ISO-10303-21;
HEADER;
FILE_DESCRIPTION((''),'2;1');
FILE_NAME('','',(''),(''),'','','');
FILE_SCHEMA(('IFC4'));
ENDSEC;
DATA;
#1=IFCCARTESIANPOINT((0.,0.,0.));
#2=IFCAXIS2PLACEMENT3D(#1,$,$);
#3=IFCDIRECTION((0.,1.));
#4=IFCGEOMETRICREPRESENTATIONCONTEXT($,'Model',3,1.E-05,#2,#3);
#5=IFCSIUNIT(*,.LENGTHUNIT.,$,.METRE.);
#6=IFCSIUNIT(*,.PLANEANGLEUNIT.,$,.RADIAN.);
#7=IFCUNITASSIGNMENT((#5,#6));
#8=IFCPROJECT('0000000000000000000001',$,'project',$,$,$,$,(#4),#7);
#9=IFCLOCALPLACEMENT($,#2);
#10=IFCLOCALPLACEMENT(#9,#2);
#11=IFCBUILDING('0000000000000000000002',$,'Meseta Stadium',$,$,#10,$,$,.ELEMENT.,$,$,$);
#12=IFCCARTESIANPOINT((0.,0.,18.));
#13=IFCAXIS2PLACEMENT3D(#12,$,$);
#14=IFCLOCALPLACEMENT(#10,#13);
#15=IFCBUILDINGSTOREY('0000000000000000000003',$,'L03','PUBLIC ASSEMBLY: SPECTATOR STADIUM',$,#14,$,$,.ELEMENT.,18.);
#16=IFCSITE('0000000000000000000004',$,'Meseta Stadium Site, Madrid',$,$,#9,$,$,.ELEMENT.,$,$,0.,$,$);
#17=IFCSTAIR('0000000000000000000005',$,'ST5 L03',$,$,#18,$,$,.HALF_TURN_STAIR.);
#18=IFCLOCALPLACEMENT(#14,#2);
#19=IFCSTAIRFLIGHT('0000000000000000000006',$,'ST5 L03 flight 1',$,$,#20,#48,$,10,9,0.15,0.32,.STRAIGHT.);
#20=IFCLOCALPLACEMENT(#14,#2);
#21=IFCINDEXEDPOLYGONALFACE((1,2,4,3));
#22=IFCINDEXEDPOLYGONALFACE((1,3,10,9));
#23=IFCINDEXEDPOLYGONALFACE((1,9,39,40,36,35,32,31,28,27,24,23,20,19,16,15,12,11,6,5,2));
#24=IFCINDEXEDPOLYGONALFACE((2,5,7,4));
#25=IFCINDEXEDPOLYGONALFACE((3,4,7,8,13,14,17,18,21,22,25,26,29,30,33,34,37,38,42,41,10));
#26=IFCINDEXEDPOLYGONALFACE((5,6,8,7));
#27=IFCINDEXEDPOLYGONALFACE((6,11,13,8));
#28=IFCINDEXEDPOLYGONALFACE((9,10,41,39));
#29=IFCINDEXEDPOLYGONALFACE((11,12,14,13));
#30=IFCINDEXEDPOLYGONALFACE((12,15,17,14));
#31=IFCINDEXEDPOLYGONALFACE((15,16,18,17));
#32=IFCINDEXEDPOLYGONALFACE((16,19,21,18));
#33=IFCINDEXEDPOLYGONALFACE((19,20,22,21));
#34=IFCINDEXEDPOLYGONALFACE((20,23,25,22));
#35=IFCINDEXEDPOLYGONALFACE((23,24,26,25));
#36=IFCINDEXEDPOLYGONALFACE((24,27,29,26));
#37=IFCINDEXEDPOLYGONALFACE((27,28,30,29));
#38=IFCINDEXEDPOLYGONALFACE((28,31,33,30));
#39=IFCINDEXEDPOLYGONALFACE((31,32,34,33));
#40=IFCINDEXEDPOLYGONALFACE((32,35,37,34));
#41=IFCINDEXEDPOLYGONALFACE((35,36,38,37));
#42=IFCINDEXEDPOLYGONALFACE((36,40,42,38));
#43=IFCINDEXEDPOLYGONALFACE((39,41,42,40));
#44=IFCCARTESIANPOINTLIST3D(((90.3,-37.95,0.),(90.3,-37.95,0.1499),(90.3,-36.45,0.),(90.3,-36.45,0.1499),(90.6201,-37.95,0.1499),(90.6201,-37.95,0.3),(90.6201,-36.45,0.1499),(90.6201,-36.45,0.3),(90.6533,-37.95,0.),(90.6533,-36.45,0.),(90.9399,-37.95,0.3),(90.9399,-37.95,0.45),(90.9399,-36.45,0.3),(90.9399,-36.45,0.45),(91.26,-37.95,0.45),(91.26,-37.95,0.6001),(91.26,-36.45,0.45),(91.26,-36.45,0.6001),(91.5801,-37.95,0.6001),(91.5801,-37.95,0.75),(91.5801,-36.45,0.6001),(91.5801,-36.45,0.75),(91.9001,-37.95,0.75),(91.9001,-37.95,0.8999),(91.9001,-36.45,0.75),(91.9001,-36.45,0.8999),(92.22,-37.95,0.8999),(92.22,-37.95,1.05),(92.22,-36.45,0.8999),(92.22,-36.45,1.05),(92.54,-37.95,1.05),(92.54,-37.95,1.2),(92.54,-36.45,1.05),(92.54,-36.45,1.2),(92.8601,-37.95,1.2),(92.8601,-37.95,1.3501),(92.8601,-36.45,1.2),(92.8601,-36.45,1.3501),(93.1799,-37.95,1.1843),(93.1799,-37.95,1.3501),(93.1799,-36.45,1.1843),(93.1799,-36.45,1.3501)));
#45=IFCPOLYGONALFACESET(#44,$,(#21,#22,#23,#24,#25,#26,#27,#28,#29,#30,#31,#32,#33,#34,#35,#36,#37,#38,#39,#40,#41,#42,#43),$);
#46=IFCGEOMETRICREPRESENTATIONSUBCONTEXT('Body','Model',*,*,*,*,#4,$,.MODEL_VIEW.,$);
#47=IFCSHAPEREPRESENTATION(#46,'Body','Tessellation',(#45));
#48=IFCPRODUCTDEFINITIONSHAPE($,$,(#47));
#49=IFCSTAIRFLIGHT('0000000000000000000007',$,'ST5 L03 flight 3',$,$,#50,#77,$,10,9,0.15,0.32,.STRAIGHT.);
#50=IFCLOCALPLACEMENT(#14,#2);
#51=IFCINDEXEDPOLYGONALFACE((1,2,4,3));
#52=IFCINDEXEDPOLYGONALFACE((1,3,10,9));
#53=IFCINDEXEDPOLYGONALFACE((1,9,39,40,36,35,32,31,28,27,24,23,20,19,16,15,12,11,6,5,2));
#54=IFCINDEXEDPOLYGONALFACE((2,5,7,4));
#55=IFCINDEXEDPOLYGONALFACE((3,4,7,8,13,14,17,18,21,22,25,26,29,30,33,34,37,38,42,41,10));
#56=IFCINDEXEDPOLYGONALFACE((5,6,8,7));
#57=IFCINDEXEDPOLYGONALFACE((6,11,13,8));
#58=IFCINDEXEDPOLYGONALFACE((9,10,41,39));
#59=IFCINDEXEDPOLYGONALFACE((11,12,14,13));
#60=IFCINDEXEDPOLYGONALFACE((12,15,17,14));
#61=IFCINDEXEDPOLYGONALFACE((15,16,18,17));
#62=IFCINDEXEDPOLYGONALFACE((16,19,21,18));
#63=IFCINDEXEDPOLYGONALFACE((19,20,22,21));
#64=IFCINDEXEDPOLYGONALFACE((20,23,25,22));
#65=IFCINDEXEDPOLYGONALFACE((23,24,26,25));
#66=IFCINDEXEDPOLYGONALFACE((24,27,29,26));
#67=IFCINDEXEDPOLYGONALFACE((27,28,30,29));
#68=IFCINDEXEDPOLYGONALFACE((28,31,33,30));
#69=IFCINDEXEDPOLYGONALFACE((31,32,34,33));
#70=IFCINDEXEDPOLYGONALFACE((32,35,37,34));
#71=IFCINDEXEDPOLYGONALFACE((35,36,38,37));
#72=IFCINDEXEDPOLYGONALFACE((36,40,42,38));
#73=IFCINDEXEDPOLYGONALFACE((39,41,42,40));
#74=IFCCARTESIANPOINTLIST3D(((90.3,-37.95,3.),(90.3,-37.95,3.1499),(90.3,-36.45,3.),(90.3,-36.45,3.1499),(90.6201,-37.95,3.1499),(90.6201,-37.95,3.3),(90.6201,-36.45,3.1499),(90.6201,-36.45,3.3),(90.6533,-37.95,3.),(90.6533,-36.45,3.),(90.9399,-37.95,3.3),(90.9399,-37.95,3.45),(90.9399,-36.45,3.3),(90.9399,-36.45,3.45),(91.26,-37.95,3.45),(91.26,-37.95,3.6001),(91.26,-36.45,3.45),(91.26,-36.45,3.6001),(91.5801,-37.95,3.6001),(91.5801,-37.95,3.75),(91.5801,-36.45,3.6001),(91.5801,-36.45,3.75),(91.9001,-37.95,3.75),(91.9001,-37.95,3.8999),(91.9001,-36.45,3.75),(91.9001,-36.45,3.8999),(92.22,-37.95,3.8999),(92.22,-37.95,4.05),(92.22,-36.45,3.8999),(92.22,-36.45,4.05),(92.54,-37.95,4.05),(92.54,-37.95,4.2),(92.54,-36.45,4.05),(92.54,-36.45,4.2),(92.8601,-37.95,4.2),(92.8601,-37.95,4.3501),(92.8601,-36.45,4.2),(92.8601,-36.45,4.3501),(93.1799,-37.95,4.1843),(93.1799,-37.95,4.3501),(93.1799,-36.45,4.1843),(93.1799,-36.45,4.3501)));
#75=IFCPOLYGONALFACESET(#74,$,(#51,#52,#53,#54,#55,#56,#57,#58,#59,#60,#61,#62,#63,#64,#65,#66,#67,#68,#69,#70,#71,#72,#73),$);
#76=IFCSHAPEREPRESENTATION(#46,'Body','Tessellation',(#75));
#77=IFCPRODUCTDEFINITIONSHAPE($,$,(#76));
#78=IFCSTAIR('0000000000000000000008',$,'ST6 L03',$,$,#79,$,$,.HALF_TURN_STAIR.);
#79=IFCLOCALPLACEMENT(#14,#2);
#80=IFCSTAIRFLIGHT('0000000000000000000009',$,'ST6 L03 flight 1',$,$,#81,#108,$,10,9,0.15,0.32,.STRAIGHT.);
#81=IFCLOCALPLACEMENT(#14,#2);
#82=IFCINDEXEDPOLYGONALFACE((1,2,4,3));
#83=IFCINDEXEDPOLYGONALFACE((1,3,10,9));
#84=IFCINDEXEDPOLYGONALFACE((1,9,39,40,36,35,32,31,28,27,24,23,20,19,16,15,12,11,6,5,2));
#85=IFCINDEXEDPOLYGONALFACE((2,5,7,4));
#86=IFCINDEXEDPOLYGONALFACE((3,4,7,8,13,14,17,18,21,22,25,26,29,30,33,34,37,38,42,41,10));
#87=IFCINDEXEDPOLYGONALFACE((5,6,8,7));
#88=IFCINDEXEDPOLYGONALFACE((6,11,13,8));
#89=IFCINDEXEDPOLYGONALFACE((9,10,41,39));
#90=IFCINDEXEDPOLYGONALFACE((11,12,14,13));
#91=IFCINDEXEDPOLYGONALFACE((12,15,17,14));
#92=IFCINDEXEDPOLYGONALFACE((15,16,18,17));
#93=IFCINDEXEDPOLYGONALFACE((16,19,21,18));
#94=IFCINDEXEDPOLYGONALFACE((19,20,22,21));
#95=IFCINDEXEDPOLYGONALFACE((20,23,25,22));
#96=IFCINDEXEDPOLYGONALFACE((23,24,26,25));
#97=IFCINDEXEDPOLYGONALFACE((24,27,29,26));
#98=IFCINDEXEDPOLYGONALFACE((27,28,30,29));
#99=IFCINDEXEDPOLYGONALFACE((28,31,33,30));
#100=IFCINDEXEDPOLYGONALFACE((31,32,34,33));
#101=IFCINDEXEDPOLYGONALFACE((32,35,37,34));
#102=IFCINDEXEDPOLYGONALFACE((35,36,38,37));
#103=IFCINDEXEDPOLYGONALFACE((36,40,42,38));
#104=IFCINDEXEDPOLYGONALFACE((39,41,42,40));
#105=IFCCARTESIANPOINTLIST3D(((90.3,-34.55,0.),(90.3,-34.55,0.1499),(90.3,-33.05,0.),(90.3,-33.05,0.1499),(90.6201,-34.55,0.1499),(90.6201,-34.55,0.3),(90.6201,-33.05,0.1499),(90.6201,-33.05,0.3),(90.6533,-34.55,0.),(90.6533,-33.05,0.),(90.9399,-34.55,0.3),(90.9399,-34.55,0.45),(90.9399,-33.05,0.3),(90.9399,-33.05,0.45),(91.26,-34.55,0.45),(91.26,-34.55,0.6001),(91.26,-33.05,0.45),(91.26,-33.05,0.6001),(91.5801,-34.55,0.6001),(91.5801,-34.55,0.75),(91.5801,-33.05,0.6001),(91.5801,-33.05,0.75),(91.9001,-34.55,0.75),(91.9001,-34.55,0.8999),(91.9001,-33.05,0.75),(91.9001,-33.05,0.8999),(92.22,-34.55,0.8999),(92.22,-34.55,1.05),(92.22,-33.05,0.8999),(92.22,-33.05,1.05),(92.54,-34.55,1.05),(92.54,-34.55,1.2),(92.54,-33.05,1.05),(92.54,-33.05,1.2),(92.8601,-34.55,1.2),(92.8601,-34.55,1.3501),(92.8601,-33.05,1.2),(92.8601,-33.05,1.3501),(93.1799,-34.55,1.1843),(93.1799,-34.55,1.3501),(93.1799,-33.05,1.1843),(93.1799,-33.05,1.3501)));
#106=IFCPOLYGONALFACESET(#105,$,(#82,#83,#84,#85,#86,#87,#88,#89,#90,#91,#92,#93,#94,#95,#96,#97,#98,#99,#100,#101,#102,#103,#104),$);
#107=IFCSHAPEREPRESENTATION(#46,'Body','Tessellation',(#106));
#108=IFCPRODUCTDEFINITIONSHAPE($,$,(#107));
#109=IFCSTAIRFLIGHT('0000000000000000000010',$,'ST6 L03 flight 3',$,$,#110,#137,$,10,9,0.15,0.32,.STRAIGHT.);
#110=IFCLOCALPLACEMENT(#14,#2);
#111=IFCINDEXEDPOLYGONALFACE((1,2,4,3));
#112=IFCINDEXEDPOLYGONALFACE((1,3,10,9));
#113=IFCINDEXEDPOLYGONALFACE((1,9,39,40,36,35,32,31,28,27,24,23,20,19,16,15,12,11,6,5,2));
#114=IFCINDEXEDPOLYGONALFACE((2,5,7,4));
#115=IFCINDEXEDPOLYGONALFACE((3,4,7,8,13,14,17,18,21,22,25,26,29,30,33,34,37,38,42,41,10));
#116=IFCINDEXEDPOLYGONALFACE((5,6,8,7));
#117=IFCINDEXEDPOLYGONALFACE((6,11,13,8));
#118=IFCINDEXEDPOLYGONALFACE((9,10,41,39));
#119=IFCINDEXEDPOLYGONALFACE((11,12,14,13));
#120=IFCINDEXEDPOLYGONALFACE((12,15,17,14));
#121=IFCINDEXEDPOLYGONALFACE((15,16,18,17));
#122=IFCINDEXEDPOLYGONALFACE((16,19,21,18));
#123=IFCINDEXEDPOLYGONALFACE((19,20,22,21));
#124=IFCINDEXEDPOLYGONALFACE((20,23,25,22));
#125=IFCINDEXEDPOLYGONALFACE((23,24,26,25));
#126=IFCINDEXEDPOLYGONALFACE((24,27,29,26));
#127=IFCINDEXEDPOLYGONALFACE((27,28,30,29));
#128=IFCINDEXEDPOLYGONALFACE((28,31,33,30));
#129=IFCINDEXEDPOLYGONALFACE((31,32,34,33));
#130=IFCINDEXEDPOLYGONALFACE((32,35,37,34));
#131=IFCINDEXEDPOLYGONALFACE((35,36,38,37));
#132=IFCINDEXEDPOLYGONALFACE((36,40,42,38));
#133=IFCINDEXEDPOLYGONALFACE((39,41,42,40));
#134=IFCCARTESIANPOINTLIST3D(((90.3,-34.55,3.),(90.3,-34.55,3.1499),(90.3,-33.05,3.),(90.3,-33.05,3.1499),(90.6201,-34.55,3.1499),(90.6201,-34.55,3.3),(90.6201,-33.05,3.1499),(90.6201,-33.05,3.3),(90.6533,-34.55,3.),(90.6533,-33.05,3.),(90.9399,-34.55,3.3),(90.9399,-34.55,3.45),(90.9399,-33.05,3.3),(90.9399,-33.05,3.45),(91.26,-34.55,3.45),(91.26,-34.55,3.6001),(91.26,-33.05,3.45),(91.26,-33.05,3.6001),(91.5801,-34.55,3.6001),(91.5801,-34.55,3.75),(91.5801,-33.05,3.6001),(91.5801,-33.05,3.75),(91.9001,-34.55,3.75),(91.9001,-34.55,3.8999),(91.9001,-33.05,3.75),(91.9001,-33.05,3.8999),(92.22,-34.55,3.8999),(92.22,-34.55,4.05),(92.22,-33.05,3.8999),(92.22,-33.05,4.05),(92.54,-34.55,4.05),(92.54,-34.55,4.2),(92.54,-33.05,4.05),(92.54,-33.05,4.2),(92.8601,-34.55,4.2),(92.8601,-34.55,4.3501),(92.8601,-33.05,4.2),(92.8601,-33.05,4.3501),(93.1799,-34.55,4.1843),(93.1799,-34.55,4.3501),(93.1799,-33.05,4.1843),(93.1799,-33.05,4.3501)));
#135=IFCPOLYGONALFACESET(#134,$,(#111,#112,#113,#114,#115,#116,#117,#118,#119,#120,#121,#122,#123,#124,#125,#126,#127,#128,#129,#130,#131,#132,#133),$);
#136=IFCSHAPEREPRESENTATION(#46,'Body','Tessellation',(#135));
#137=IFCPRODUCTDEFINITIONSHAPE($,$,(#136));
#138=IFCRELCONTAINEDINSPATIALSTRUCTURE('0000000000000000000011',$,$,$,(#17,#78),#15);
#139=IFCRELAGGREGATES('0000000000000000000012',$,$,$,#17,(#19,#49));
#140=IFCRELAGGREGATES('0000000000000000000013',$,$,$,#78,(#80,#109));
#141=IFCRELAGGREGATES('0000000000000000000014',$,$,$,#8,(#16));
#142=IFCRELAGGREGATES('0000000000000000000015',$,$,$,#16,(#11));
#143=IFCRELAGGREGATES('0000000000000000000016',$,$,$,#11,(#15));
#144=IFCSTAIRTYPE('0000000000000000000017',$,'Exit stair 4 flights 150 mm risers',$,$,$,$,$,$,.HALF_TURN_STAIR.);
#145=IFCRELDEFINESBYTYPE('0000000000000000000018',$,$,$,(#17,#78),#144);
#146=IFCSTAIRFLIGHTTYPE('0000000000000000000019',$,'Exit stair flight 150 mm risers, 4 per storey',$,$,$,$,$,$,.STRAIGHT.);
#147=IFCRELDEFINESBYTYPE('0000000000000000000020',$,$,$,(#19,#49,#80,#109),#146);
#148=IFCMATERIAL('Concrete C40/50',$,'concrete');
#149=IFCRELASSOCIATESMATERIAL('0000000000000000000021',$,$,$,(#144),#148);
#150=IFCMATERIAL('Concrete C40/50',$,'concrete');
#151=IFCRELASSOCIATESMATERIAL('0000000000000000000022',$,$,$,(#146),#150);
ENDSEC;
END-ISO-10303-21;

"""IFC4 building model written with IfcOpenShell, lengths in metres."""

from ifc_helpers import new_model, si_unit, direction, frame, origin, place, context, subcontext, project, spatial, polyline, outline, extrude, material, type_object, element, aggregate, save


model = new_model("IFC4")

# Units and contexts
model_context = context("Model", 3, precision=1e-05, world=origin(), true_north=direction((0.0, 1.0)))
body_context = subcontext(model_context, "Body", "Model", "MODEL_VIEW")
ifc_project = project(units=[si_unit("LENGTHUNIT", "METRE"), si_unit("PLANEANGLEUNIT", "RADIAN")], contexts=[model_context])

# Site, building, storey
site_placement = place(None, origin())
site = spatial("IfcSite", under=ifc_project, at=site_placement, Name="Meseta Stadium Site, Madrid", CompositionType="ELEMENT", RefElevation=0.0)
building_placement = place(site_placement, origin())
building = spatial("IfcBuilding", under=site, at=building_placement, Name="Meseta Stadium", CompositionType="ELEMENT")
storey_placement = place(building_placement, frame((0.0, 0.0, 18.0)))
storey = spatial("IfcBuildingStorey", under=building, at=storey_placement, Name="L03", Description="PUBLIC ASSEMBLY: SPECTATOR STADIUM", CompositionType="ELEMENT", Elevation=18.0)

# Stairs, stair flights
ifc_material_1 = material(Name="Concrete C40/50", Category="concrete")
stair_type = type_object("IfcStairType", Name="Exit stair 4 flights 150 mm risers", PredefinedType="HALF_TURN_STAIR", material=ifc_material_1)
stair_1_placement = place(storey_placement, origin())
stair_1 = element("IfcStair", 1, at=stair_1_placement, inside=storey, type_object=stair_type, Name="ST5 L03", PredefinedType="HALF_TURN_STAIR")
ifc_material_2 = material(Name="Concrete C40/50", Category="concrete")
stair_flight_type = type_object("IfcStairFlightType", Name="Exit stair flight 150 mm risers, 4 per storey", PredefinedType="STRAIGHT", material=ifc_material_2)
stair_flight_1_placement = place(storey_placement, frame((90.3, -37.2, 0.0), z_axis=(0.0, 0.0, 1.0), x_axis=(1.0, 0.0, 0.0)))
stair_flight_1 = element("IfcStairFlight", 2, at=stair_flight_1_placement, type_object=stair_flight_type, Name="ST5 L03 flight 1", NumberOfRisers=10, NumberOfTreads=9, PredefinedType="STRAIGHT", RiserHeight=0.15, TreadLength=0.32, context=body_context, shape_type="SweptSolid", body=[
    extrude(outline(polyline([(0.0, 0.0), (0.0, 0.1499), (0.3201, 0.1499), (0.3201, 0.3), (0.6399, 0.3), (0.6399, 0.45), (0.96, 0.45), (0.96, 0.6001), (1.28, 0.6001), (1.28, 0.75), (1.6001, 0.75), (1.6001, 0.8999), (1.9199, 0.8999), (1.9199, 1.05), (2.24, 1.05), (2.24, 1.2), (2.5601, 1.2), (2.5601, 1.3501), (2.8799, 1.3501), (2.8799, 1.1843), (0.3533, 0.0), (0.0, 0.0)])), frame((0.0, 0.75, 0.0), z_axis=(0.0, -1.0, 0.0), x_axis=(1.0, 0.0, 0.0)), (0.0, 0.0, 1.0), 1.5),
])
stair_flight_2_placement = place(storey_placement, frame((90.3, -37.2, 3.0), z_axis=(0.0, 0.0, 1.0), x_axis=(1.0, 0.0, 0.0)))
stair_flight_2 = element("IfcStairFlight", 3, at=stair_flight_2_placement, type_object=stair_flight_type, Name="ST5 L03 flight 3", NumberOfRisers=10, NumberOfTreads=9, PredefinedType="STRAIGHT", RiserHeight=0.15, TreadLength=0.32, context=body_context, shape_type="SweptSolid", body=[
    extrude(outline(polyline([(0.0, 0.0), (0.0, 0.1499), (0.3201, 0.1499), (0.3201, 0.3), (0.6399, 0.3), (0.6399, 0.45), (0.96, 0.45), (0.96, 0.6001), (1.28, 0.6001), (1.28, 0.75), (1.6001, 0.75), (1.6001, 0.8999), (1.9199, 0.8999), (1.9199, 1.05), (2.24, 1.05), (2.24, 1.2), (2.5601, 1.2), (2.5601, 1.3501), (2.8799, 1.3501), (2.8799, 1.1843), (0.3533, 0.0), (0.0, 0.0)])), frame((0.0, 0.75, 0.0), z_axis=(0.0, -1.0, 0.0), x_axis=(1.0, 0.0, 0.0)), (0.0, 0.0, 1.0), 1.5),
])
aggregate(stair_1, [stair_flight_1, stair_flight_2])
stair_2_placement = place(storey_placement, origin())
stair_2 = element("IfcStair", 4, at=stair_2_placement, inside=storey, type_object=stair_type, Name="ST6 L03", PredefinedType="HALF_TURN_STAIR")
stair_flight_3_placement = place(storey_placement, frame((90.3, -33.8, 0.0), z_axis=(0.0, 0.0, 1.0), x_axis=(1.0, 0.0, 0.0)))
stair_flight_3 = element("IfcStairFlight", 5, at=stair_flight_3_placement, type_object=stair_flight_type, Name="ST6 L03 flight 1", NumberOfRisers=10, NumberOfTreads=9, PredefinedType="STRAIGHT", RiserHeight=0.15, TreadLength=0.32, context=body_context, shape_type="SweptSolid", body=[
    extrude(outline(polyline([(0.0, 0.0), (0.0, 0.1499), (0.3201, 0.1499), (0.3201, 0.3), (0.6399, 0.3), (0.6399, 0.45), (0.96, 0.45), (0.96, 0.6001), (1.28, 0.6001), (1.28, 0.75), (1.6001, 0.75), (1.6001, 0.8999), (1.9199, 0.8999), (1.9199, 1.05), (2.24, 1.05), (2.24, 1.2), (2.5601, 1.2), (2.5601, 1.3501), (2.8799, 1.3501), (2.8799, 1.1843), (0.3533, 0.0), (0.0, 0.0)])), frame((0.0, 0.75, 0.0), z_axis=(0.0, -1.0, 0.0), x_axis=(1.0, 0.0, 0.0)), (0.0, 0.0, 1.0), 1.5),
])
stair_flight_4_placement = place(storey_placement, frame((90.3, -33.8, 3.0), z_axis=(0.0, 0.0, 1.0), x_axis=(1.0, 0.0, 0.0)))
stair_flight_4 = element("IfcStairFlight", 6, at=stair_flight_4_placement, type_object=stair_flight_type, Name="ST6 L03 flight 3", NumberOfRisers=10, NumberOfTreads=9, PredefinedType="STRAIGHT", RiserHeight=0.15, TreadLength=0.32, context=body_context, shape_type="SweptSolid", body=[
    extrude(outline(polyline([(0.0, 0.0), (0.0, 0.1499), (0.3201, 0.1499), (0.3201, 0.3), (0.6399, 0.3), (0.6399, 0.45), (0.96, 0.45), (0.96, 0.6001), (1.28, 0.6001), (1.28, 0.75), (1.6001, 0.75), (1.6001, 0.8999), (1.9199, 0.8999), (1.9199, 1.05), (2.24, 1.05), (2.24, 1.2), (2.5601, 1.2), (2.5601, 1.3501), (2.8799, 1.3501), (2.8799, 1.1843), (0.3533, 0.0), (0.0, 0.0)])), frame((0.0, 0.75, 0.0), z_axis=(0.0, -1.0, 0.0), x_axis=(1.0, 0.0, 0.0)), (0.0, 0.0, 1.0), 1.5),
])
aggregate(stair_2, [stair_flight_3, stair_flight_4])

save(model, "model.ifc")
